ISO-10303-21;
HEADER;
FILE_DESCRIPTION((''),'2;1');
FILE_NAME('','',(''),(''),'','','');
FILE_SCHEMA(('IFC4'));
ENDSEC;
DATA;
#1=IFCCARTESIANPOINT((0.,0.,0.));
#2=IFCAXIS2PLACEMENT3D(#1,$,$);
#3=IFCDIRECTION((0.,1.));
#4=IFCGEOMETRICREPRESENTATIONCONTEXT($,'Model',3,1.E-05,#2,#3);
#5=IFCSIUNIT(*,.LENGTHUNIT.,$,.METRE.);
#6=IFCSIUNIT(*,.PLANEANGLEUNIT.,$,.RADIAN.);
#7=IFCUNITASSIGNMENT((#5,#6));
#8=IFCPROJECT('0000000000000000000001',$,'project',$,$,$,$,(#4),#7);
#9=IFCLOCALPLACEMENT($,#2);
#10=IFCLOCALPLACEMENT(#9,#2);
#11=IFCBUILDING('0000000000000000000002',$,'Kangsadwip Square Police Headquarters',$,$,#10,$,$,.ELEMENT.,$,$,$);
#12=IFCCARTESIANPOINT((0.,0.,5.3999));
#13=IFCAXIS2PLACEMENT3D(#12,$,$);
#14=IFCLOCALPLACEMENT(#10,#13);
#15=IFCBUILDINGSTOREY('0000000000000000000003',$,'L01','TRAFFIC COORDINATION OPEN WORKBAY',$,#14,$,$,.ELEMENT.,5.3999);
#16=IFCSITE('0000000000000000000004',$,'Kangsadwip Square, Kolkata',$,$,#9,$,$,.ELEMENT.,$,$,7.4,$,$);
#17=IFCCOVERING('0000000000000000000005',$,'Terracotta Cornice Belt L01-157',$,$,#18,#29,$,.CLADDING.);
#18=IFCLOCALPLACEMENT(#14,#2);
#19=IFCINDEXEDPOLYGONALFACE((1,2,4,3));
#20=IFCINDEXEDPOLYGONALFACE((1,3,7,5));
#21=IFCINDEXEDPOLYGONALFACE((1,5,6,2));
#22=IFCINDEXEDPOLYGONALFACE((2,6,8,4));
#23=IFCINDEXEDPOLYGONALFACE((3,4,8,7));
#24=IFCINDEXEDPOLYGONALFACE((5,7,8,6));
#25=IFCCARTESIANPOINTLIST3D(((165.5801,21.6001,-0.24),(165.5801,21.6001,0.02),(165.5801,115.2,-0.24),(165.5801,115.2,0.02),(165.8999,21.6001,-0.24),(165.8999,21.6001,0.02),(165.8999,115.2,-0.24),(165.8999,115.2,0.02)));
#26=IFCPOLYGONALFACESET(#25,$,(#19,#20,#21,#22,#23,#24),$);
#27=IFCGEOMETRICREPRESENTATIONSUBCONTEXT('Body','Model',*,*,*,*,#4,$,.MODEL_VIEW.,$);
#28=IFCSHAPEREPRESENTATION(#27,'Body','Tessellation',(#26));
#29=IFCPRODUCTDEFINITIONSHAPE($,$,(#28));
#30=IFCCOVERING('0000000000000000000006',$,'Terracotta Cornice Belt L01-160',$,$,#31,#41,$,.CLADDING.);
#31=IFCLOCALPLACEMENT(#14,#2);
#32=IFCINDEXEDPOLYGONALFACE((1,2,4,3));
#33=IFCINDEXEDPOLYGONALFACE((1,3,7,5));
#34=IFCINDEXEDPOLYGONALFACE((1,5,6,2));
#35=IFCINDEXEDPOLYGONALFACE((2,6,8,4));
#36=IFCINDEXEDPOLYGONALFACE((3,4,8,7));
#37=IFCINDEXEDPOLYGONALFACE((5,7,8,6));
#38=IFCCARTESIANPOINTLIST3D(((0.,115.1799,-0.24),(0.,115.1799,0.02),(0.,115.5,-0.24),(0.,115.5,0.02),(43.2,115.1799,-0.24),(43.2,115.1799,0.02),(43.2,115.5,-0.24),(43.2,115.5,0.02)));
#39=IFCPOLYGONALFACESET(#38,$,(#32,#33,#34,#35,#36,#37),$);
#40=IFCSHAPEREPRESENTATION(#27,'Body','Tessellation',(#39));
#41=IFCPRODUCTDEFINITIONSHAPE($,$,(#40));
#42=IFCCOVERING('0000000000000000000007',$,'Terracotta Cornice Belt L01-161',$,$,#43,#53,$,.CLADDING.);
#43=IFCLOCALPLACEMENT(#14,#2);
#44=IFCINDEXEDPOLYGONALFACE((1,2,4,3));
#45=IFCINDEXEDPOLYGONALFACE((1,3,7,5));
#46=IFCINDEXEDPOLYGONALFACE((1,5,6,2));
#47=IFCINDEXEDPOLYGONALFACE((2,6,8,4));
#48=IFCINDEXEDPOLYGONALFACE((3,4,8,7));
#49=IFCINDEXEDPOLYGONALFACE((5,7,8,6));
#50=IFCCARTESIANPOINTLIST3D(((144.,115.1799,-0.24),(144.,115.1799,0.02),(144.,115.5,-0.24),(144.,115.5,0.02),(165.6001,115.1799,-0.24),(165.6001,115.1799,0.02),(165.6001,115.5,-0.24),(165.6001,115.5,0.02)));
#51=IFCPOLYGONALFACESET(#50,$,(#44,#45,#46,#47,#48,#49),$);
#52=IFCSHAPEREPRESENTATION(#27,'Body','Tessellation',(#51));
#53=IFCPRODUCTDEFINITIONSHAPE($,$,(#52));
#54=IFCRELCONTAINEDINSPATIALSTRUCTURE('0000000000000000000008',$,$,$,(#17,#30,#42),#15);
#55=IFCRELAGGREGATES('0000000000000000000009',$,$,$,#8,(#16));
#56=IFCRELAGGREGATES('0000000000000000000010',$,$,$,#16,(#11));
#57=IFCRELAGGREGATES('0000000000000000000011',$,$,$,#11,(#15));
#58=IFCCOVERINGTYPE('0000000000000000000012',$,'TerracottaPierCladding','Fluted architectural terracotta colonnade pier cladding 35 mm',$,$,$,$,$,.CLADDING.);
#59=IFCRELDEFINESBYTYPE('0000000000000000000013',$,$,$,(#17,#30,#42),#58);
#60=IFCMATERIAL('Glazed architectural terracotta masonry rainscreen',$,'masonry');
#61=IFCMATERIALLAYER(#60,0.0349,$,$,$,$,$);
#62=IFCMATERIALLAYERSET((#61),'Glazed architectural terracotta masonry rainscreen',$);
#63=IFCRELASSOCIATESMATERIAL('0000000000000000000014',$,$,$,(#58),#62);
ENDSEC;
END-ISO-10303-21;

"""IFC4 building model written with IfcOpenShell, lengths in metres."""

from ifc_helpers import new_model, si_unit, direction, frame, origin, place, context, subcontext, project, spatial, polyline, outline, extrude, material, layer, layer_set, type_object, element, save


model = new_model("IFC4")

# Units and contexts
model_context = context("Model", 3, precision=1e-05, world=origin(), true_north=direction((0.0, 1.0)))
body_context = subcontext(model_context, "Body", "Model", "MODEL_VIEW")
ifc_project = project(units=[si_unit("LENGTHUNIT", "METRE"), si_unit("PLANEANGLEUNIT", "RADIAN")], contexts=[model_context])

# Site, building, storey
site_placement = place(None, origin())
site = spatial("IfcSite", under=ifc_project, at=site_placement, Name="Kangsadwip Square, Kolkata", CompositionType="ELEMENT", RefElevation=7.4)
building_placement = place(site_placement, origin())
building = spatial("IfcBuilding", under=site, at=building_placement, Name="Kangsadwip Square Police Headquarters", CompositionType="ELEMENT")
storey_placement = place(building_placement, frame((0.0, 0.0, 5.3999)))
storey = spatial("IfcBuildingStorey", under=building, at=storey_placement, Name="L01", Description="TRAFFIC COORDINATION OPEN WORKBAY", CompositionType="ELEMENT", Elevation=5.3999)

# Coverings
ifc_material_1 = material(Name="Glazed architectural terracotta masonry rainscreen", Category="masonry")
ifc_layer_1 = layer(ifc_material_1, 0.0349)
ifc_layer_set_1 = layer_set([ifc_layer_1], Name="Glazed architectural terracotta masonry rainscreen")
covering_type = type_object("IfcCoveringType", Name="TerracottaPierCladding", Description="Fluted architectural terracotta colonnade pier cladding 35 mm", PredefinedType="CLADDING", material=ifc_layer_set_1)
covering_1_placement = place(storey_placement, frame((0.0, 0.0, -0.24)))
element("IfcCovering", 1, at=covering_1_placement, inside=storey, type_object=covering_type, Name="Terracotta Cornice Belt L01-157", PredefinedType="CLADDING", context=body_context, shape_type="SweptSolid", body=[
    extrude(outline(polyline([(165.5801, 21.6001), (165.8999, 21.6001), (165.8999, 115.2), (165.5801, 115.2), (165.5801, 21.6001)])), origin(), (0.0, 0.0, 1.0), 0.26),
])
covering_2_placement = place(storey_placement, frame((0.0, 0.0, -0.24)))
element("IfcCovering", 2, at=covering_2_placement, inside=storey, type_object=covering_type, Name="Terracotta Cornice Belt L01-160", PredefinedType="CLADDING", context=body_context, shape_type="SweptSolid", body=[
    extrude(outline(polyline([(0.0, 115.1799), (43.2, 115.1799), (43.2, 115.5), (0.0, 115.5), (0.0, 115.1799)])), origin(), (0.0, 0.0, 1.0), 0.26),
])
covering_3_placement = place(storey_placement, frame((0.0, 0.0, -0.24)))
element("IfcCovering", 3, at=covering_3_placement, inside=storey, type_object=covering_type, Name="Terracotta Cornice Belt L01-161", PredefinedType="CLADDING", context=body_context, shape_type="SweptSolid", body=[
    extrude(outline(polyline([(144.0, 115.1799), (165.6001, 115.1799), (165.6001, 115.5), (144.0, 115.5), (144.0, 115.1799)])), origin(), (0.0, 0.0, 1.0), 0.26),
])

save(model, "model.ifc")
